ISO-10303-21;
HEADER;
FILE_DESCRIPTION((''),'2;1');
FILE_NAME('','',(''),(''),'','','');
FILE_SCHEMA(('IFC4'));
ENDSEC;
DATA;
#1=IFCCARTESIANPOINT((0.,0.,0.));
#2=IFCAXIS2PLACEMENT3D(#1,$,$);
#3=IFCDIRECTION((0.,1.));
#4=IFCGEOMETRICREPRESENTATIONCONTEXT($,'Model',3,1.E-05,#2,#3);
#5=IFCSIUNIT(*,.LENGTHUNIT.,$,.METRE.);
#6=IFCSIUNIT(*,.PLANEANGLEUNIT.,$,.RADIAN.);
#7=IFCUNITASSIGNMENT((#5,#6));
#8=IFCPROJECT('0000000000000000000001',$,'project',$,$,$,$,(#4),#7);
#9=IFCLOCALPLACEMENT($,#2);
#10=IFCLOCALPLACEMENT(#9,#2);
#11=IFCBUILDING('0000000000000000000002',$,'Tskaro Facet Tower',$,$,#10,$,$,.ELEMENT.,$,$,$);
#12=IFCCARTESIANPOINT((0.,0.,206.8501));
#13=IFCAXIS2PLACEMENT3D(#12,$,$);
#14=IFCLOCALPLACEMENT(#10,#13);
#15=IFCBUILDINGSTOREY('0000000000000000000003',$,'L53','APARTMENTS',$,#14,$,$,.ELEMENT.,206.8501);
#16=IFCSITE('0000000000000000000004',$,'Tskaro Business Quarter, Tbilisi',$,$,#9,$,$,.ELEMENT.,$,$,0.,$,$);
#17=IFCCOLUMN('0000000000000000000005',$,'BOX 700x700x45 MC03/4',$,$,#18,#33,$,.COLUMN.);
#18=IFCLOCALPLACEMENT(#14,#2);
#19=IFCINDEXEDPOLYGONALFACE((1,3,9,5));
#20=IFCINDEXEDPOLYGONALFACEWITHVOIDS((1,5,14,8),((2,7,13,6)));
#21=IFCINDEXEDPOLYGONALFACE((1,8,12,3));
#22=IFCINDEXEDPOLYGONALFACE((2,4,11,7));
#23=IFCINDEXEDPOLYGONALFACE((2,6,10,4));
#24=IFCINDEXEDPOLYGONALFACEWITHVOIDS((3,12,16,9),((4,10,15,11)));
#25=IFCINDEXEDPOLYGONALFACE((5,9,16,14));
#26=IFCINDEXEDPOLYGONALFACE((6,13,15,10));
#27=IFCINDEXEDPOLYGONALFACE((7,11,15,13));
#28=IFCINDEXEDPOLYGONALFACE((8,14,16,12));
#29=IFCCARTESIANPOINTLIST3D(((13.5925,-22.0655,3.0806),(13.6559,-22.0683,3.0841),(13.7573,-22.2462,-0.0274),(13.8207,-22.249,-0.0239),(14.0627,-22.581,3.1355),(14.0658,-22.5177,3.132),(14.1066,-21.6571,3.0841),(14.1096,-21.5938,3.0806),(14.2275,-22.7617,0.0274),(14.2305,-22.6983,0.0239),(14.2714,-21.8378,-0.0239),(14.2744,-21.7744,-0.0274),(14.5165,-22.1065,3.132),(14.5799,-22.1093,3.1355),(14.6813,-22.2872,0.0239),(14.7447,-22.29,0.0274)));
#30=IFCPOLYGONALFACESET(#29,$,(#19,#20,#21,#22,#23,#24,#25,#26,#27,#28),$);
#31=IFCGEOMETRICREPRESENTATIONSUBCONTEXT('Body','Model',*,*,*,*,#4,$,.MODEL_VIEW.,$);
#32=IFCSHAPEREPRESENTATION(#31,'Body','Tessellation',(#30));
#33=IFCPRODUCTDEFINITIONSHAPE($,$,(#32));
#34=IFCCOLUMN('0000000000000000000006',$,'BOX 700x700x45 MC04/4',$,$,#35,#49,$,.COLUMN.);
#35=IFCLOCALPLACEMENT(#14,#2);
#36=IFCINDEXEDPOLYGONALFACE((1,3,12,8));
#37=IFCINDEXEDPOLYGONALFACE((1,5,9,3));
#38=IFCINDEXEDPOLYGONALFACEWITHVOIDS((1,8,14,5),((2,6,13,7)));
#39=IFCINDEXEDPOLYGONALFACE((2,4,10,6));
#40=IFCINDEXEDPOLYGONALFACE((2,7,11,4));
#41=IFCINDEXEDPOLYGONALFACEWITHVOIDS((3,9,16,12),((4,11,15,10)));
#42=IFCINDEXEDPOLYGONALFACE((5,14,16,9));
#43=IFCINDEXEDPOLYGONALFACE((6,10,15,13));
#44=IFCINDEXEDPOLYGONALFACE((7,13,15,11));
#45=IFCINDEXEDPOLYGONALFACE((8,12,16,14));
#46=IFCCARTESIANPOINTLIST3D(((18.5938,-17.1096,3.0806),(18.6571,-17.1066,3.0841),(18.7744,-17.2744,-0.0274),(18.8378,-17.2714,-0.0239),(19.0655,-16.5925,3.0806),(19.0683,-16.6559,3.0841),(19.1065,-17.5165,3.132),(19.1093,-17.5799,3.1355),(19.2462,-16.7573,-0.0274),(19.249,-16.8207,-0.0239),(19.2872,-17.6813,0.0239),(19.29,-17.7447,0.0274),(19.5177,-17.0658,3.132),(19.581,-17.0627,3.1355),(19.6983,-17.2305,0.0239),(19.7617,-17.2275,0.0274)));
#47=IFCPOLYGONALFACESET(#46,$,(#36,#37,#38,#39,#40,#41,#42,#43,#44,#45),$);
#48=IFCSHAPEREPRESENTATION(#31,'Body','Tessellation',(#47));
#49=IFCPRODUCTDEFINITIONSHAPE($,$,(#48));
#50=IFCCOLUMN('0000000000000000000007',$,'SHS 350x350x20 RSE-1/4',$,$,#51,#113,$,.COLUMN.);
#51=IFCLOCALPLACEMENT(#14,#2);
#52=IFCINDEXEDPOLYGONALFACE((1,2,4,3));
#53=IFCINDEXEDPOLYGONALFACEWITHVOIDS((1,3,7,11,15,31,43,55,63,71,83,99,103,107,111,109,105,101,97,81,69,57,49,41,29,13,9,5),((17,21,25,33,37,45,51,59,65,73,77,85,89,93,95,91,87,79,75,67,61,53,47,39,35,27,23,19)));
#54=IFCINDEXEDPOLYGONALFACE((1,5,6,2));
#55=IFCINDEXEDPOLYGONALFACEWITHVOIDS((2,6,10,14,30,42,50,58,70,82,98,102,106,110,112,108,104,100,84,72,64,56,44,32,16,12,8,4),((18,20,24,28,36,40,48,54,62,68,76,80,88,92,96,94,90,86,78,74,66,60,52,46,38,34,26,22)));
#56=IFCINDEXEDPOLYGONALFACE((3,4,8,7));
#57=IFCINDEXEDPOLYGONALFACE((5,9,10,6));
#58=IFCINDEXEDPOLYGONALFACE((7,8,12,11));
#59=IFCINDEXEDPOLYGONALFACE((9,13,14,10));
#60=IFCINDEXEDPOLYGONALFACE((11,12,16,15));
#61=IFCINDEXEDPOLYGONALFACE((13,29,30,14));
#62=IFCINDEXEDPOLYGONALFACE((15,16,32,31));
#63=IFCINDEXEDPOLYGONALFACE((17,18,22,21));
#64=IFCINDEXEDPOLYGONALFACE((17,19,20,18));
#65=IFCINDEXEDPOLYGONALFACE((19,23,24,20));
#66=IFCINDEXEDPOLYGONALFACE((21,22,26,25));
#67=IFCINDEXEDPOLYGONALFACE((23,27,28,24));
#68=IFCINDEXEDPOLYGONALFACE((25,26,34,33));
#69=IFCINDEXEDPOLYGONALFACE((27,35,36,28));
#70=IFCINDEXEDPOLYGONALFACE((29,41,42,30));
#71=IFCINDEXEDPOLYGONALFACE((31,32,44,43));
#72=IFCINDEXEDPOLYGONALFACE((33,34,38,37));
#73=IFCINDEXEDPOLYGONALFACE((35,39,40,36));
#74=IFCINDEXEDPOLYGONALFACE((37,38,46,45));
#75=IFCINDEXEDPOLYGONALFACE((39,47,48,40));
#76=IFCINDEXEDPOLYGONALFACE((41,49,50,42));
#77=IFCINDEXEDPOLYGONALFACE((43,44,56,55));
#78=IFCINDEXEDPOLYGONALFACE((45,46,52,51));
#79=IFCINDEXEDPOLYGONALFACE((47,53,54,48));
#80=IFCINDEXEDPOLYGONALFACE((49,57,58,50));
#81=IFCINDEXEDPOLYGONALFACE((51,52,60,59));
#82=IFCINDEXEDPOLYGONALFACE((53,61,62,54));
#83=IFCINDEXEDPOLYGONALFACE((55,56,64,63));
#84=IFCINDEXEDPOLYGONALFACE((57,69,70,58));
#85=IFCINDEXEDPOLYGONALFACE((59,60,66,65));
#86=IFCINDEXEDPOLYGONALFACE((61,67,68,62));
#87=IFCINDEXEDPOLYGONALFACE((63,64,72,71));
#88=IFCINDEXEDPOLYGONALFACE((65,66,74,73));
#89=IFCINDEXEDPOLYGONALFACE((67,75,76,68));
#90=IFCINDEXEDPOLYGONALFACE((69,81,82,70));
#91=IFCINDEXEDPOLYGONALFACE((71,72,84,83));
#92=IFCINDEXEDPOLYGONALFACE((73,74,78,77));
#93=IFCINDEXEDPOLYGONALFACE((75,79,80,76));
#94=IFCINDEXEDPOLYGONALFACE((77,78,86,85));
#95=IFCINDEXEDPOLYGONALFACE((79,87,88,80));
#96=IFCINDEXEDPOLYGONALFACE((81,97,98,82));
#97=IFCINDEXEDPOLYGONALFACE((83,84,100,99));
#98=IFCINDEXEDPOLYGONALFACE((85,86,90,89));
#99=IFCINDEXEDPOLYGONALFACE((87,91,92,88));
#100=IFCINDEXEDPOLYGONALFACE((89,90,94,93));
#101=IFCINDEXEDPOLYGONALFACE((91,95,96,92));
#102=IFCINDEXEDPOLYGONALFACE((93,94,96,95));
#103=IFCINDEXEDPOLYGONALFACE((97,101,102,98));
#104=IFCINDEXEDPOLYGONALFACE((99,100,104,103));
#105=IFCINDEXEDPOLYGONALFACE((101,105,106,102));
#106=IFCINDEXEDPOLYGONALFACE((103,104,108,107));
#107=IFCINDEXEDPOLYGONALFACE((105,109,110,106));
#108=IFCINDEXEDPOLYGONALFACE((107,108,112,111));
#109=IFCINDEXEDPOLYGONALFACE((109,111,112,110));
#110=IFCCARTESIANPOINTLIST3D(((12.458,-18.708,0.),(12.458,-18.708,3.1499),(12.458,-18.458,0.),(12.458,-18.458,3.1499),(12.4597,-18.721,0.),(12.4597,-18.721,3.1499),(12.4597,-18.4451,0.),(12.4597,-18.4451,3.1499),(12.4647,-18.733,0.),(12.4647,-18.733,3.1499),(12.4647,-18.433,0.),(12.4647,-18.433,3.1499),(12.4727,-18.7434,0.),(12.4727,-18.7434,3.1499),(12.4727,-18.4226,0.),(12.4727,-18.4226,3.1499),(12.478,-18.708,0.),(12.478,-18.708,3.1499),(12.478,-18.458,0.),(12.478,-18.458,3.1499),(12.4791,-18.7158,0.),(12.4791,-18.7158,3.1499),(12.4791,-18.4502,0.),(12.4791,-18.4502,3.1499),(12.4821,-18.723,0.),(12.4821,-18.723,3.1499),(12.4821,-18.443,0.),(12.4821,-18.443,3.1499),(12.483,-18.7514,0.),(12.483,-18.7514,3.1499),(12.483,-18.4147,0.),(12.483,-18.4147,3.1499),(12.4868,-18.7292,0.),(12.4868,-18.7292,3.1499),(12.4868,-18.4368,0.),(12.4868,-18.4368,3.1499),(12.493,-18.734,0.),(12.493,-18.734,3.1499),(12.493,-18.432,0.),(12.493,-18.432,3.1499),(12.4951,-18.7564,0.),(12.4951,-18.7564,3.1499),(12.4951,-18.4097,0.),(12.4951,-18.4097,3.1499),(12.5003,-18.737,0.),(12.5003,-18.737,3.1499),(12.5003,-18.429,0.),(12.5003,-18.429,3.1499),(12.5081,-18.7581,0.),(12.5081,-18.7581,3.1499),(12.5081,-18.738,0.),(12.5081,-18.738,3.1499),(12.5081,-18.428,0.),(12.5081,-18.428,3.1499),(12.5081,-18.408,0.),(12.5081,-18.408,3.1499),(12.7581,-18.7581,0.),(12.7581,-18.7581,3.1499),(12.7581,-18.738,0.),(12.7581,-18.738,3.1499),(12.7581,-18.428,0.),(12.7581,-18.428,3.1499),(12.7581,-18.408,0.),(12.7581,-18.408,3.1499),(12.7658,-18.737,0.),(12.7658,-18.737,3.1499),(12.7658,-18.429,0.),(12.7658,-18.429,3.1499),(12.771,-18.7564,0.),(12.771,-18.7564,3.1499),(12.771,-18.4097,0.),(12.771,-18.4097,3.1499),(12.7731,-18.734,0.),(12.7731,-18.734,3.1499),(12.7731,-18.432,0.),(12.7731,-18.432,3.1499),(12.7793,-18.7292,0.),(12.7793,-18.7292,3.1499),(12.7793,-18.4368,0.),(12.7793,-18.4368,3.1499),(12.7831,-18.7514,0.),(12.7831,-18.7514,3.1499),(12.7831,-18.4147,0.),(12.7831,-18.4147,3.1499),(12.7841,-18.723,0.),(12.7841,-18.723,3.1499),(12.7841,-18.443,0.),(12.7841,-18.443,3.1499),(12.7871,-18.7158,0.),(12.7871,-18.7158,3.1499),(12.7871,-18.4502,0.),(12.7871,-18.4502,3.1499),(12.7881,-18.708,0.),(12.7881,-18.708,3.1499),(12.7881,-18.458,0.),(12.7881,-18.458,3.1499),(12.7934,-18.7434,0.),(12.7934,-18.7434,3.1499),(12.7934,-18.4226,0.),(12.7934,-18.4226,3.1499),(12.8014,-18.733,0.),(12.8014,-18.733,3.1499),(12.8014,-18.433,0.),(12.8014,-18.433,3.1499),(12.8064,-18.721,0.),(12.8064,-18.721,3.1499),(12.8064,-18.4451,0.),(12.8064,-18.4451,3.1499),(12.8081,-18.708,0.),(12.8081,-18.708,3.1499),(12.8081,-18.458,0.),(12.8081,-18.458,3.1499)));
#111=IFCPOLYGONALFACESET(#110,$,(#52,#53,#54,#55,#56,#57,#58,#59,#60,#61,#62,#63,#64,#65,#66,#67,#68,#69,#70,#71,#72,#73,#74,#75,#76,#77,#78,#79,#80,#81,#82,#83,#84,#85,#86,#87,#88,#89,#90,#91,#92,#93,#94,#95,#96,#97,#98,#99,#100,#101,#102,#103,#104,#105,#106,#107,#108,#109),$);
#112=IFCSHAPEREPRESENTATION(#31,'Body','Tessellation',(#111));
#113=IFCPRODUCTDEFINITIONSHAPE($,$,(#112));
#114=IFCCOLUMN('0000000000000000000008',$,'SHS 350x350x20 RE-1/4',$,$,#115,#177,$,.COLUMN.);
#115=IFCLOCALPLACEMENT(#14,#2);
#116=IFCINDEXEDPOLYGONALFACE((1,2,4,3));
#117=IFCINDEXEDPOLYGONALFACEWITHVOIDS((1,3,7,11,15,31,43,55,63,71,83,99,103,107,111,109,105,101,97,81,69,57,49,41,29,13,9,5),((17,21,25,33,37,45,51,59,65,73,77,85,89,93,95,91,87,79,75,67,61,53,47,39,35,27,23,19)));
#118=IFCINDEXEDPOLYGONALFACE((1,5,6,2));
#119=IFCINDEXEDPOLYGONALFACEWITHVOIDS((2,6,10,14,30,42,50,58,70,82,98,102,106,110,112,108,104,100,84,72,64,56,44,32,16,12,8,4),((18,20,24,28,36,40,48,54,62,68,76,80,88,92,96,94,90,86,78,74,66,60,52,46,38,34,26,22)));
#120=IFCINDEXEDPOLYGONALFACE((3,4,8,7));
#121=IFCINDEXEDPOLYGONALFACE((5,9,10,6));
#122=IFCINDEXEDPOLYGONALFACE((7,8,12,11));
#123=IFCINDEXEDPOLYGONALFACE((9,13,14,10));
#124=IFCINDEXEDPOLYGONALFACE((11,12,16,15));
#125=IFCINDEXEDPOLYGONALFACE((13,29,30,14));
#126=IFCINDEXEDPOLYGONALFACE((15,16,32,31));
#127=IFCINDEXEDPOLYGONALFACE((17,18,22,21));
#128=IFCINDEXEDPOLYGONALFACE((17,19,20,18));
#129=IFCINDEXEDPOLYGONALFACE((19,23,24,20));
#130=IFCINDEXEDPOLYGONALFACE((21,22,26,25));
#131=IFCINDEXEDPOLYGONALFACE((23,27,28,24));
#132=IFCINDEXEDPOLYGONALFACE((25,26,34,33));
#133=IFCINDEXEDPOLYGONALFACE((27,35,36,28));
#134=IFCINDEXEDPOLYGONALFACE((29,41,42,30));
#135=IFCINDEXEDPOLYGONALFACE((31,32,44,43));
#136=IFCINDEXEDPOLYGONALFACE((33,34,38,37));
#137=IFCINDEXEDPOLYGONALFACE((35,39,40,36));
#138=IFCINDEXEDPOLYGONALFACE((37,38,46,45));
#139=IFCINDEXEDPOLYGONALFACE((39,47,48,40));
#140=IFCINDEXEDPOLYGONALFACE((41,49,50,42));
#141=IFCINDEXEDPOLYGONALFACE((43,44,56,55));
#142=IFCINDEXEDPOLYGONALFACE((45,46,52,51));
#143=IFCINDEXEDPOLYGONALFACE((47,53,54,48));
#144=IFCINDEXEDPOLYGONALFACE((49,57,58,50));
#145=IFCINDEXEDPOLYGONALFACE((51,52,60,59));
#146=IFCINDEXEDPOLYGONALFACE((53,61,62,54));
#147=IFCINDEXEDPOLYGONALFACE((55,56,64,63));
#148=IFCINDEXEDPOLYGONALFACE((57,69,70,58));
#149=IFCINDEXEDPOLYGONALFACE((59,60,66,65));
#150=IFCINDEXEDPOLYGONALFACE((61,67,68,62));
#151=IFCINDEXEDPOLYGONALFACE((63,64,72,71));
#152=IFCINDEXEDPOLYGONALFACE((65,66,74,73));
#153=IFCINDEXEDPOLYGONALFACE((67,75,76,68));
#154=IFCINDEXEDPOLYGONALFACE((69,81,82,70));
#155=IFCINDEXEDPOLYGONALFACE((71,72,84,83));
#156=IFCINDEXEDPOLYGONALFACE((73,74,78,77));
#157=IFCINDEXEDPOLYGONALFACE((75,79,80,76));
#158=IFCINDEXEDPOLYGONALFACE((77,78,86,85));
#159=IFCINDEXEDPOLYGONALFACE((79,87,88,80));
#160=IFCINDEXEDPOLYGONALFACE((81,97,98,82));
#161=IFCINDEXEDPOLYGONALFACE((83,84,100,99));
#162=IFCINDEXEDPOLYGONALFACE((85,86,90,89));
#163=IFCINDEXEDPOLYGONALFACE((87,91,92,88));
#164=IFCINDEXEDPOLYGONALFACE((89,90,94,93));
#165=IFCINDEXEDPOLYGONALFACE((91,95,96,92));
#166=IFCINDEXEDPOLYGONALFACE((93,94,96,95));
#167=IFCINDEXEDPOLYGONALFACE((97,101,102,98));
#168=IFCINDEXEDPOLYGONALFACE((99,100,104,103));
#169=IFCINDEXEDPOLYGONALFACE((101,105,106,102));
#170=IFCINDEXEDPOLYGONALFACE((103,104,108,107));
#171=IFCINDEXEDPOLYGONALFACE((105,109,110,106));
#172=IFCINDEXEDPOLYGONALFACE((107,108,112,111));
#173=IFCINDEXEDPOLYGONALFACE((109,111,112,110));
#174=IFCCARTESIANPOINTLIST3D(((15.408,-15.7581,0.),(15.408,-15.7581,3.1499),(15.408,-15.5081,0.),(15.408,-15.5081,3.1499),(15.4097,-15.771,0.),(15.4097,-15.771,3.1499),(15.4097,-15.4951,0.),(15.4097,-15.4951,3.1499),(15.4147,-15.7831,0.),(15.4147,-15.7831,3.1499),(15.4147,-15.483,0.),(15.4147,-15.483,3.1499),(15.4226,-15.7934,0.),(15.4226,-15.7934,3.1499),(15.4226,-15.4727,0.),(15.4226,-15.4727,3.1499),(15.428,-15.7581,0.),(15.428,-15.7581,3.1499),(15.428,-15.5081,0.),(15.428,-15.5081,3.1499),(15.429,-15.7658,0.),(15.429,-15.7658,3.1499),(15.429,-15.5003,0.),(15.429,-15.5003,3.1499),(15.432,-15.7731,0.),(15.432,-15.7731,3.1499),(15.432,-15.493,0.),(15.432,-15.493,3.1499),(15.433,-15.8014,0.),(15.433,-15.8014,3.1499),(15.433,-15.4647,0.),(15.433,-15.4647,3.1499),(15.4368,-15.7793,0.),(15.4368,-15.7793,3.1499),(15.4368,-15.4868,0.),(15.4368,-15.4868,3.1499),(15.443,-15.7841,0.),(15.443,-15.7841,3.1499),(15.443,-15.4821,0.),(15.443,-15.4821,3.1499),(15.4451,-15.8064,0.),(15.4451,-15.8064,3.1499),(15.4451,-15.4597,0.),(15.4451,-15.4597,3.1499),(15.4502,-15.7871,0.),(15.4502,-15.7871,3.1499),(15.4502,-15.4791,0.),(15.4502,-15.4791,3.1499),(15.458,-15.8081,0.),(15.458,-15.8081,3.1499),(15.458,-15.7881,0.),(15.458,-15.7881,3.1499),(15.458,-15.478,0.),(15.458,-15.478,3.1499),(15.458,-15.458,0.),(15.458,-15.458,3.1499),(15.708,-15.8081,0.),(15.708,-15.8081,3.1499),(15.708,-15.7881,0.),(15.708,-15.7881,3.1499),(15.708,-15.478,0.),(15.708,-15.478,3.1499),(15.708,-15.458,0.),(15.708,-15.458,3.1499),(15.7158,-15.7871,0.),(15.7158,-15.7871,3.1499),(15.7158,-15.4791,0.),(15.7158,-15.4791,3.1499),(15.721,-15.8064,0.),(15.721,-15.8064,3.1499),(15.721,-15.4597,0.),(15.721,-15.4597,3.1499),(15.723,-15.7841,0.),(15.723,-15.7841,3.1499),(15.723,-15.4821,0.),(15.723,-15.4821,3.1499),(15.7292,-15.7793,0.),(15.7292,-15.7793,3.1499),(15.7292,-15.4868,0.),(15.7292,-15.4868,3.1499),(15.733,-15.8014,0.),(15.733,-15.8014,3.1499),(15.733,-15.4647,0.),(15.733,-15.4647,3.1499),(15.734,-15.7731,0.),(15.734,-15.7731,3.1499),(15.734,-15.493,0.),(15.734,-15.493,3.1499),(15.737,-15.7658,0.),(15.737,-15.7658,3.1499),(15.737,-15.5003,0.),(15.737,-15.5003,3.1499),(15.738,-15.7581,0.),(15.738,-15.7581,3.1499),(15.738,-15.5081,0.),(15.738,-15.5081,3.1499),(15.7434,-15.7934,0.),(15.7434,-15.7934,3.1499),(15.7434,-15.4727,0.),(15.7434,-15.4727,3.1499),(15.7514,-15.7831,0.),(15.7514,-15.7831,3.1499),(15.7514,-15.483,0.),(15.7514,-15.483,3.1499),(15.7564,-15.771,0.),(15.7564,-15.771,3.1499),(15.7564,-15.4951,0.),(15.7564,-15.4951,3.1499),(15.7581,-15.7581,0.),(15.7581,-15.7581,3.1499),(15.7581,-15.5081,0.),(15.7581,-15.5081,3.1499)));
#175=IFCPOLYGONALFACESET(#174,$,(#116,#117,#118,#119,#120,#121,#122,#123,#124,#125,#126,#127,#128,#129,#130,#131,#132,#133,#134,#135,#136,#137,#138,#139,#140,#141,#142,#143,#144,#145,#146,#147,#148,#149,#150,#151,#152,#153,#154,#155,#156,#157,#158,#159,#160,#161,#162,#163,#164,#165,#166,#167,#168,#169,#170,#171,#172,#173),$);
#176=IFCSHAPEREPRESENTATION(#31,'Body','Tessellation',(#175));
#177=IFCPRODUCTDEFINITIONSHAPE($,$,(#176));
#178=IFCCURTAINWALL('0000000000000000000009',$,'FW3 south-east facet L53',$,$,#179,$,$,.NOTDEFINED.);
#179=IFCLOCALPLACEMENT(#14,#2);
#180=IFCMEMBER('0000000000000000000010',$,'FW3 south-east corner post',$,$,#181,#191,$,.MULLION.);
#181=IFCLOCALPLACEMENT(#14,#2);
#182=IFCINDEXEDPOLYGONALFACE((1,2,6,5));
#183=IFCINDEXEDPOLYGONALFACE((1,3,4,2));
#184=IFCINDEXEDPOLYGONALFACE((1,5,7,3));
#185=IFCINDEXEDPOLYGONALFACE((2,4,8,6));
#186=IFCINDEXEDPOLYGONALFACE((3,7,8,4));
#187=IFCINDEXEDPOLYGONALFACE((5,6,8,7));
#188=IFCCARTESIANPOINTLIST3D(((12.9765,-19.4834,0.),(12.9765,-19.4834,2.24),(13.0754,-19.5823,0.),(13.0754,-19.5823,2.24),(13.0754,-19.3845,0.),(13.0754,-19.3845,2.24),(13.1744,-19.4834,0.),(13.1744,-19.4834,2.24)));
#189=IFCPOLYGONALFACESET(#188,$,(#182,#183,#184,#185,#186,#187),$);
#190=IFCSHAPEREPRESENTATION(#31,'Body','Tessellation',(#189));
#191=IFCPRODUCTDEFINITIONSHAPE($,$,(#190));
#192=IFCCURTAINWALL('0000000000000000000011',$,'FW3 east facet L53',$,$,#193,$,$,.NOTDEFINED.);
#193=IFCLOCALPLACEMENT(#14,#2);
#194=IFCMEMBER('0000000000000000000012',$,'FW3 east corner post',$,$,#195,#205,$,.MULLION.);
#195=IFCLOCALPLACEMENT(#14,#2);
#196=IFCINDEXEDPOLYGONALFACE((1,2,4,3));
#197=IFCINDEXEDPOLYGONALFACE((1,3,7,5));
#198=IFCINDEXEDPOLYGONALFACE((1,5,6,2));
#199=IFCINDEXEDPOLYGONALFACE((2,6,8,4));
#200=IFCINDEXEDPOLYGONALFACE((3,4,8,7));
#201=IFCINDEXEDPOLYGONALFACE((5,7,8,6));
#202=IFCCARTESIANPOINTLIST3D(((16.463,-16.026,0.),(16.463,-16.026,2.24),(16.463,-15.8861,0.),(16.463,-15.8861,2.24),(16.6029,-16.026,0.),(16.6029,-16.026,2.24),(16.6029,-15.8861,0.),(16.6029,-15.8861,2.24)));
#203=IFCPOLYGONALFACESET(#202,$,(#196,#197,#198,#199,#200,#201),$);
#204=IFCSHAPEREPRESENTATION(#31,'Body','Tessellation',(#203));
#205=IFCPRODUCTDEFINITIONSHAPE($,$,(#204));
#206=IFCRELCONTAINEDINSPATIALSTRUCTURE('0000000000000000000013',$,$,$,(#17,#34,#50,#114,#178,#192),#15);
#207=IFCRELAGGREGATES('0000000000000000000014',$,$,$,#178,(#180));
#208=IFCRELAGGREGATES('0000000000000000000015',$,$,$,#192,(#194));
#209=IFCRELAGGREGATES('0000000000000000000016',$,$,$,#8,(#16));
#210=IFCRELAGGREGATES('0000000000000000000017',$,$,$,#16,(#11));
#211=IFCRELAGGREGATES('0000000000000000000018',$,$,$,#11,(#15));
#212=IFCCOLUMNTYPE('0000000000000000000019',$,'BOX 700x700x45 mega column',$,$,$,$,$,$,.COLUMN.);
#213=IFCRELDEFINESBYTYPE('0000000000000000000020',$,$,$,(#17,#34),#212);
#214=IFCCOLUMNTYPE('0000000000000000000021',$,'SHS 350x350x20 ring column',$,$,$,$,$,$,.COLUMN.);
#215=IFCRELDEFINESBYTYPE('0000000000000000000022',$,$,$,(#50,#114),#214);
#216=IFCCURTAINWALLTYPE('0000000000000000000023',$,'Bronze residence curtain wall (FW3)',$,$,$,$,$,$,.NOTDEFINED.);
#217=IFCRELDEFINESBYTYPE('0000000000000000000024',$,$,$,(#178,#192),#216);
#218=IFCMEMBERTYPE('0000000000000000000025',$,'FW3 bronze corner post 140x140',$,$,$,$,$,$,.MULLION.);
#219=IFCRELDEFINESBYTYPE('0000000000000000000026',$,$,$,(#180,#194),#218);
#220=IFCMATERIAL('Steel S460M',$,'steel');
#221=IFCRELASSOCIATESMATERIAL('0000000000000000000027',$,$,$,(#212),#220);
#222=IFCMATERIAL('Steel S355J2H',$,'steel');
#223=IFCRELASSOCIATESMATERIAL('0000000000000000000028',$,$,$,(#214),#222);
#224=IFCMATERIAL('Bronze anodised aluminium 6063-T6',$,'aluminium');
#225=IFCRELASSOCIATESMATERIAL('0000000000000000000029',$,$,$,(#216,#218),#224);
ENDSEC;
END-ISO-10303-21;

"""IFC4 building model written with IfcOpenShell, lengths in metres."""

from ifc_helpers import new_model, si_unit, direction, frame, origin, origin_2d, place, context, subcontext, project, spatial, rectangle, hollow_rectangle, extrude, material, material_profile, profile_set, type_object, element, aggregate, save


model = new_model("IFC4")

# Units and contexts
model_context = context("Model", 3, precision=1e-05, world=origin(), true_north=direction((0.0, 1.0)))
body_context = subcontext(model_context, "Body", "Model", "MODEL_VIEW")
ifc_project = project(units=[si_unit("LENGTHUNIT", "METRE"), si_unit("PLANEANGLEUNIT", "RADIAN")], contexts=[model_context])

# Site, building, storey
site_placement = place(None, origin())
site = spatial("IfcSite", under=ifc_project, at=site_placement, Name="Tskaro Business Quarter, Tbilisi", CompositionType="ELEMENT", RefElevation=0.0)
building_placement = place(site_placement, origin())
building = spatial("IfcBuilding", under=site, at=building_placement, Name="Tskaro Facet Tower", CompositionType="ELEMENT")
storey_placement = place(building_placement, frame((0.0, 0.0, 206.8501)))
storey = spatial("IfcBuildingStorey", under=building, at=storey_placement, Name="L53", Description="APARTMENTS", CompositionType="ELEMENT", Elevation=206.8501)

# Columns
ifc_material_1 = material(Name="Steel S460M", Category="steel")
ifc_material_profile_1 = material_profile(ifc_material_1, hollow_rectangle(XDim=0.7, YDim=0.7, WallThickness=0.0449, at=origin_2d()), Name="BOX 700x700x45")
ifc_profile_set_1 = profile_set([ifc_material_profile_1], Name="Steel S460M")
column_type_1 = type_object("IfcColumnType", Name="BOX 700x700x45 mega column", PredefinedType="COLUMN", material=ifc_profile_set_1)
for number, where, z_axis, x_axis, name in (
    (1, (14.251, -22.2681, 0.0), (-0.052857, 0.057947, 0.996919), (-0.73881, -0.673914, 0.0), "BOX 700x700x45 MC03/4"),
    (2, (19.2681, -17.251, 0.0), (-0.057947, 0.052857, 0.996919), (-0.673914, -0.73881, 0.0), "BOX 700x700x45 MC04/4"),
):
    element("IfcColumn", number, at=place(storey_placement, frame(where, z_axis=z_axis, x_axis=x_axis)), inside=storey, type_object=column_type_1, Name=name, PredefinedType="COLUMN", context=body_context, shape_type="SweptSolid", body=[
        extrude(hollow_rectangle(XDim=0.7, YDim=0.7, WallThickness=0.0449, at=origin_2d()), origin(), (0.0, 0.0, 1.0), 3.1177),
    ])
ifc_material_2 = material(Name="Steel S355J2H", Category="steel")
ifc_material_profile_2 = material_profile(ifc_material_2, hollow_rectangle(XDim=0.3501, YDim=0.3501, WallThickness=0.02, InnerFilletRadius=0.03, OuterFilletRadius=0.05, at=origin_2d()), Name="SHS 350x350x20")
ifc_profile_set_2 = profile_set([ifc_material_profile_2], Name="Steel S355J2H")
column_type_2 = type_object("IfcColumnType", Name="SHS 350x350x20 ring column", PredefinedType="COLUMN", material=ifc_profile_set_2)
for number, where, z_axis, x_axis, name in (
    (3, (12.6331, -18.583, 0.0), (0.0, 0.0, 1.0), (1.0, 0.0, 0.0), "SHS 350x350x20 RSE-1/4"),
    (4, (15.583, -15.6331, 0.0), (0.0, 0.0, 1.0), (1.0, 0.0, 0.0), "SHS 350x350x20 RE-1/4"),
):
    element("IfcColumn", number, at=place(storey_placement, frame(where, z_axis=z_axis, x_axis=x_axis)), inside=storey, type_object=column_type_2, Name=name, PredefinedType="COLUMN", context=body_context, shape_type="SweptSolid", body=[
        extrude(hollow_rectangle(XDim=0.3501, YDim=0.3501, WallThickness=0.02, InnerFilletRadius=0.03, OuterFilletRadius=0.05, at=origin_2d()), origin(), (0.0, 0.0, 1.0), 3.1499),
    ])

# Curtain walls, members
ifc_material_3 = material(Name="Bronze anodised aluminium 6063-T6", Category="aluminium")
curtain_wall_type = type_object("IfcCurtainWallType", Name="Bronze residence curtain wall (FW3)", PredefinedType="NOTDEFINED", material=ifc_material_3)
curtain_wall_1_placement = place(storey_placement, origin())
curtain_wall_1 = element("IfcCurtainWall", 5, at=curtain_wall_1_placement, inside=storey, type_object=curtain_wall_type, Name="FW3 south-east facet L53", PredefinedType="NOTDEFINED")
ifc_material_profile_3 = material_profile(ifc_material_3, rectangle(XDim=0.1399, YDim=0.1399, at=origin_2d()), Name="Corner post 140x140")
ifc_profile_set_3 = profile_set([ifc_material_profile_3], Name="Bronze anodised aluminium 6063-T6")
member_type_1 = type_object("IfcMemberType", Name="FW3 bronze corner post 140x140", PredefinedType="MULLION", material=ifc_profile_set_3)
member_1_placement = place(storey_placement, frame((13.0754, -19.4834, 0.0), z_axis=(0.0, 0.0, 1.0), x_axis=(0.707107, 0.707107, 0.0)))
member_1 = element("IfcMember", 6, at=member_1_placement, type_object=member_type_1, Name="FW3 south-east corner post", PredefinedType="MULLION", context=body_context, shape_type="SweptSolid", body=[
    extrude(rectangle(XDim=0.1399, YDim=0.1399, at=origin_2d()), origin(), (0.0, 0.0, 1.0), 2.24),
])
curtain_wall_2_placement = place(storey_placement, origin())
curtain_wall_2 = element("IfcCurtainWall", 7, at=curtain_wall_2_placement, inside=storey, type_object=curtain_wall_type, Name="FW3 east facet L53", PredefinedType="NOTDEFINED")
member_2_placement = place(storey_placement, frame((16.533, -15.9561, 0.0), z_axis=(0.0, 0.0, 1.0), x_axis=(0.0, 1.0, 0.0)))
member_2 = element("IfcMember", 8, at=member_2_placement, type_object=member_type_1, Name="FW3 east corner post", PredefinedType="MULLION", context=body_context, shape_type="SweptSolid", body=[
    extrude(rectangle(XDim=0.1399, YDim=0.1399, at=origin_2d()), origin(), (0.0, 0.0, 1.0), 2.24),
])

aggregate(curtain_wall_1, [member_1])
aggregate(curtain_wall_2, [member_2])

save(model, "model.ifc")
